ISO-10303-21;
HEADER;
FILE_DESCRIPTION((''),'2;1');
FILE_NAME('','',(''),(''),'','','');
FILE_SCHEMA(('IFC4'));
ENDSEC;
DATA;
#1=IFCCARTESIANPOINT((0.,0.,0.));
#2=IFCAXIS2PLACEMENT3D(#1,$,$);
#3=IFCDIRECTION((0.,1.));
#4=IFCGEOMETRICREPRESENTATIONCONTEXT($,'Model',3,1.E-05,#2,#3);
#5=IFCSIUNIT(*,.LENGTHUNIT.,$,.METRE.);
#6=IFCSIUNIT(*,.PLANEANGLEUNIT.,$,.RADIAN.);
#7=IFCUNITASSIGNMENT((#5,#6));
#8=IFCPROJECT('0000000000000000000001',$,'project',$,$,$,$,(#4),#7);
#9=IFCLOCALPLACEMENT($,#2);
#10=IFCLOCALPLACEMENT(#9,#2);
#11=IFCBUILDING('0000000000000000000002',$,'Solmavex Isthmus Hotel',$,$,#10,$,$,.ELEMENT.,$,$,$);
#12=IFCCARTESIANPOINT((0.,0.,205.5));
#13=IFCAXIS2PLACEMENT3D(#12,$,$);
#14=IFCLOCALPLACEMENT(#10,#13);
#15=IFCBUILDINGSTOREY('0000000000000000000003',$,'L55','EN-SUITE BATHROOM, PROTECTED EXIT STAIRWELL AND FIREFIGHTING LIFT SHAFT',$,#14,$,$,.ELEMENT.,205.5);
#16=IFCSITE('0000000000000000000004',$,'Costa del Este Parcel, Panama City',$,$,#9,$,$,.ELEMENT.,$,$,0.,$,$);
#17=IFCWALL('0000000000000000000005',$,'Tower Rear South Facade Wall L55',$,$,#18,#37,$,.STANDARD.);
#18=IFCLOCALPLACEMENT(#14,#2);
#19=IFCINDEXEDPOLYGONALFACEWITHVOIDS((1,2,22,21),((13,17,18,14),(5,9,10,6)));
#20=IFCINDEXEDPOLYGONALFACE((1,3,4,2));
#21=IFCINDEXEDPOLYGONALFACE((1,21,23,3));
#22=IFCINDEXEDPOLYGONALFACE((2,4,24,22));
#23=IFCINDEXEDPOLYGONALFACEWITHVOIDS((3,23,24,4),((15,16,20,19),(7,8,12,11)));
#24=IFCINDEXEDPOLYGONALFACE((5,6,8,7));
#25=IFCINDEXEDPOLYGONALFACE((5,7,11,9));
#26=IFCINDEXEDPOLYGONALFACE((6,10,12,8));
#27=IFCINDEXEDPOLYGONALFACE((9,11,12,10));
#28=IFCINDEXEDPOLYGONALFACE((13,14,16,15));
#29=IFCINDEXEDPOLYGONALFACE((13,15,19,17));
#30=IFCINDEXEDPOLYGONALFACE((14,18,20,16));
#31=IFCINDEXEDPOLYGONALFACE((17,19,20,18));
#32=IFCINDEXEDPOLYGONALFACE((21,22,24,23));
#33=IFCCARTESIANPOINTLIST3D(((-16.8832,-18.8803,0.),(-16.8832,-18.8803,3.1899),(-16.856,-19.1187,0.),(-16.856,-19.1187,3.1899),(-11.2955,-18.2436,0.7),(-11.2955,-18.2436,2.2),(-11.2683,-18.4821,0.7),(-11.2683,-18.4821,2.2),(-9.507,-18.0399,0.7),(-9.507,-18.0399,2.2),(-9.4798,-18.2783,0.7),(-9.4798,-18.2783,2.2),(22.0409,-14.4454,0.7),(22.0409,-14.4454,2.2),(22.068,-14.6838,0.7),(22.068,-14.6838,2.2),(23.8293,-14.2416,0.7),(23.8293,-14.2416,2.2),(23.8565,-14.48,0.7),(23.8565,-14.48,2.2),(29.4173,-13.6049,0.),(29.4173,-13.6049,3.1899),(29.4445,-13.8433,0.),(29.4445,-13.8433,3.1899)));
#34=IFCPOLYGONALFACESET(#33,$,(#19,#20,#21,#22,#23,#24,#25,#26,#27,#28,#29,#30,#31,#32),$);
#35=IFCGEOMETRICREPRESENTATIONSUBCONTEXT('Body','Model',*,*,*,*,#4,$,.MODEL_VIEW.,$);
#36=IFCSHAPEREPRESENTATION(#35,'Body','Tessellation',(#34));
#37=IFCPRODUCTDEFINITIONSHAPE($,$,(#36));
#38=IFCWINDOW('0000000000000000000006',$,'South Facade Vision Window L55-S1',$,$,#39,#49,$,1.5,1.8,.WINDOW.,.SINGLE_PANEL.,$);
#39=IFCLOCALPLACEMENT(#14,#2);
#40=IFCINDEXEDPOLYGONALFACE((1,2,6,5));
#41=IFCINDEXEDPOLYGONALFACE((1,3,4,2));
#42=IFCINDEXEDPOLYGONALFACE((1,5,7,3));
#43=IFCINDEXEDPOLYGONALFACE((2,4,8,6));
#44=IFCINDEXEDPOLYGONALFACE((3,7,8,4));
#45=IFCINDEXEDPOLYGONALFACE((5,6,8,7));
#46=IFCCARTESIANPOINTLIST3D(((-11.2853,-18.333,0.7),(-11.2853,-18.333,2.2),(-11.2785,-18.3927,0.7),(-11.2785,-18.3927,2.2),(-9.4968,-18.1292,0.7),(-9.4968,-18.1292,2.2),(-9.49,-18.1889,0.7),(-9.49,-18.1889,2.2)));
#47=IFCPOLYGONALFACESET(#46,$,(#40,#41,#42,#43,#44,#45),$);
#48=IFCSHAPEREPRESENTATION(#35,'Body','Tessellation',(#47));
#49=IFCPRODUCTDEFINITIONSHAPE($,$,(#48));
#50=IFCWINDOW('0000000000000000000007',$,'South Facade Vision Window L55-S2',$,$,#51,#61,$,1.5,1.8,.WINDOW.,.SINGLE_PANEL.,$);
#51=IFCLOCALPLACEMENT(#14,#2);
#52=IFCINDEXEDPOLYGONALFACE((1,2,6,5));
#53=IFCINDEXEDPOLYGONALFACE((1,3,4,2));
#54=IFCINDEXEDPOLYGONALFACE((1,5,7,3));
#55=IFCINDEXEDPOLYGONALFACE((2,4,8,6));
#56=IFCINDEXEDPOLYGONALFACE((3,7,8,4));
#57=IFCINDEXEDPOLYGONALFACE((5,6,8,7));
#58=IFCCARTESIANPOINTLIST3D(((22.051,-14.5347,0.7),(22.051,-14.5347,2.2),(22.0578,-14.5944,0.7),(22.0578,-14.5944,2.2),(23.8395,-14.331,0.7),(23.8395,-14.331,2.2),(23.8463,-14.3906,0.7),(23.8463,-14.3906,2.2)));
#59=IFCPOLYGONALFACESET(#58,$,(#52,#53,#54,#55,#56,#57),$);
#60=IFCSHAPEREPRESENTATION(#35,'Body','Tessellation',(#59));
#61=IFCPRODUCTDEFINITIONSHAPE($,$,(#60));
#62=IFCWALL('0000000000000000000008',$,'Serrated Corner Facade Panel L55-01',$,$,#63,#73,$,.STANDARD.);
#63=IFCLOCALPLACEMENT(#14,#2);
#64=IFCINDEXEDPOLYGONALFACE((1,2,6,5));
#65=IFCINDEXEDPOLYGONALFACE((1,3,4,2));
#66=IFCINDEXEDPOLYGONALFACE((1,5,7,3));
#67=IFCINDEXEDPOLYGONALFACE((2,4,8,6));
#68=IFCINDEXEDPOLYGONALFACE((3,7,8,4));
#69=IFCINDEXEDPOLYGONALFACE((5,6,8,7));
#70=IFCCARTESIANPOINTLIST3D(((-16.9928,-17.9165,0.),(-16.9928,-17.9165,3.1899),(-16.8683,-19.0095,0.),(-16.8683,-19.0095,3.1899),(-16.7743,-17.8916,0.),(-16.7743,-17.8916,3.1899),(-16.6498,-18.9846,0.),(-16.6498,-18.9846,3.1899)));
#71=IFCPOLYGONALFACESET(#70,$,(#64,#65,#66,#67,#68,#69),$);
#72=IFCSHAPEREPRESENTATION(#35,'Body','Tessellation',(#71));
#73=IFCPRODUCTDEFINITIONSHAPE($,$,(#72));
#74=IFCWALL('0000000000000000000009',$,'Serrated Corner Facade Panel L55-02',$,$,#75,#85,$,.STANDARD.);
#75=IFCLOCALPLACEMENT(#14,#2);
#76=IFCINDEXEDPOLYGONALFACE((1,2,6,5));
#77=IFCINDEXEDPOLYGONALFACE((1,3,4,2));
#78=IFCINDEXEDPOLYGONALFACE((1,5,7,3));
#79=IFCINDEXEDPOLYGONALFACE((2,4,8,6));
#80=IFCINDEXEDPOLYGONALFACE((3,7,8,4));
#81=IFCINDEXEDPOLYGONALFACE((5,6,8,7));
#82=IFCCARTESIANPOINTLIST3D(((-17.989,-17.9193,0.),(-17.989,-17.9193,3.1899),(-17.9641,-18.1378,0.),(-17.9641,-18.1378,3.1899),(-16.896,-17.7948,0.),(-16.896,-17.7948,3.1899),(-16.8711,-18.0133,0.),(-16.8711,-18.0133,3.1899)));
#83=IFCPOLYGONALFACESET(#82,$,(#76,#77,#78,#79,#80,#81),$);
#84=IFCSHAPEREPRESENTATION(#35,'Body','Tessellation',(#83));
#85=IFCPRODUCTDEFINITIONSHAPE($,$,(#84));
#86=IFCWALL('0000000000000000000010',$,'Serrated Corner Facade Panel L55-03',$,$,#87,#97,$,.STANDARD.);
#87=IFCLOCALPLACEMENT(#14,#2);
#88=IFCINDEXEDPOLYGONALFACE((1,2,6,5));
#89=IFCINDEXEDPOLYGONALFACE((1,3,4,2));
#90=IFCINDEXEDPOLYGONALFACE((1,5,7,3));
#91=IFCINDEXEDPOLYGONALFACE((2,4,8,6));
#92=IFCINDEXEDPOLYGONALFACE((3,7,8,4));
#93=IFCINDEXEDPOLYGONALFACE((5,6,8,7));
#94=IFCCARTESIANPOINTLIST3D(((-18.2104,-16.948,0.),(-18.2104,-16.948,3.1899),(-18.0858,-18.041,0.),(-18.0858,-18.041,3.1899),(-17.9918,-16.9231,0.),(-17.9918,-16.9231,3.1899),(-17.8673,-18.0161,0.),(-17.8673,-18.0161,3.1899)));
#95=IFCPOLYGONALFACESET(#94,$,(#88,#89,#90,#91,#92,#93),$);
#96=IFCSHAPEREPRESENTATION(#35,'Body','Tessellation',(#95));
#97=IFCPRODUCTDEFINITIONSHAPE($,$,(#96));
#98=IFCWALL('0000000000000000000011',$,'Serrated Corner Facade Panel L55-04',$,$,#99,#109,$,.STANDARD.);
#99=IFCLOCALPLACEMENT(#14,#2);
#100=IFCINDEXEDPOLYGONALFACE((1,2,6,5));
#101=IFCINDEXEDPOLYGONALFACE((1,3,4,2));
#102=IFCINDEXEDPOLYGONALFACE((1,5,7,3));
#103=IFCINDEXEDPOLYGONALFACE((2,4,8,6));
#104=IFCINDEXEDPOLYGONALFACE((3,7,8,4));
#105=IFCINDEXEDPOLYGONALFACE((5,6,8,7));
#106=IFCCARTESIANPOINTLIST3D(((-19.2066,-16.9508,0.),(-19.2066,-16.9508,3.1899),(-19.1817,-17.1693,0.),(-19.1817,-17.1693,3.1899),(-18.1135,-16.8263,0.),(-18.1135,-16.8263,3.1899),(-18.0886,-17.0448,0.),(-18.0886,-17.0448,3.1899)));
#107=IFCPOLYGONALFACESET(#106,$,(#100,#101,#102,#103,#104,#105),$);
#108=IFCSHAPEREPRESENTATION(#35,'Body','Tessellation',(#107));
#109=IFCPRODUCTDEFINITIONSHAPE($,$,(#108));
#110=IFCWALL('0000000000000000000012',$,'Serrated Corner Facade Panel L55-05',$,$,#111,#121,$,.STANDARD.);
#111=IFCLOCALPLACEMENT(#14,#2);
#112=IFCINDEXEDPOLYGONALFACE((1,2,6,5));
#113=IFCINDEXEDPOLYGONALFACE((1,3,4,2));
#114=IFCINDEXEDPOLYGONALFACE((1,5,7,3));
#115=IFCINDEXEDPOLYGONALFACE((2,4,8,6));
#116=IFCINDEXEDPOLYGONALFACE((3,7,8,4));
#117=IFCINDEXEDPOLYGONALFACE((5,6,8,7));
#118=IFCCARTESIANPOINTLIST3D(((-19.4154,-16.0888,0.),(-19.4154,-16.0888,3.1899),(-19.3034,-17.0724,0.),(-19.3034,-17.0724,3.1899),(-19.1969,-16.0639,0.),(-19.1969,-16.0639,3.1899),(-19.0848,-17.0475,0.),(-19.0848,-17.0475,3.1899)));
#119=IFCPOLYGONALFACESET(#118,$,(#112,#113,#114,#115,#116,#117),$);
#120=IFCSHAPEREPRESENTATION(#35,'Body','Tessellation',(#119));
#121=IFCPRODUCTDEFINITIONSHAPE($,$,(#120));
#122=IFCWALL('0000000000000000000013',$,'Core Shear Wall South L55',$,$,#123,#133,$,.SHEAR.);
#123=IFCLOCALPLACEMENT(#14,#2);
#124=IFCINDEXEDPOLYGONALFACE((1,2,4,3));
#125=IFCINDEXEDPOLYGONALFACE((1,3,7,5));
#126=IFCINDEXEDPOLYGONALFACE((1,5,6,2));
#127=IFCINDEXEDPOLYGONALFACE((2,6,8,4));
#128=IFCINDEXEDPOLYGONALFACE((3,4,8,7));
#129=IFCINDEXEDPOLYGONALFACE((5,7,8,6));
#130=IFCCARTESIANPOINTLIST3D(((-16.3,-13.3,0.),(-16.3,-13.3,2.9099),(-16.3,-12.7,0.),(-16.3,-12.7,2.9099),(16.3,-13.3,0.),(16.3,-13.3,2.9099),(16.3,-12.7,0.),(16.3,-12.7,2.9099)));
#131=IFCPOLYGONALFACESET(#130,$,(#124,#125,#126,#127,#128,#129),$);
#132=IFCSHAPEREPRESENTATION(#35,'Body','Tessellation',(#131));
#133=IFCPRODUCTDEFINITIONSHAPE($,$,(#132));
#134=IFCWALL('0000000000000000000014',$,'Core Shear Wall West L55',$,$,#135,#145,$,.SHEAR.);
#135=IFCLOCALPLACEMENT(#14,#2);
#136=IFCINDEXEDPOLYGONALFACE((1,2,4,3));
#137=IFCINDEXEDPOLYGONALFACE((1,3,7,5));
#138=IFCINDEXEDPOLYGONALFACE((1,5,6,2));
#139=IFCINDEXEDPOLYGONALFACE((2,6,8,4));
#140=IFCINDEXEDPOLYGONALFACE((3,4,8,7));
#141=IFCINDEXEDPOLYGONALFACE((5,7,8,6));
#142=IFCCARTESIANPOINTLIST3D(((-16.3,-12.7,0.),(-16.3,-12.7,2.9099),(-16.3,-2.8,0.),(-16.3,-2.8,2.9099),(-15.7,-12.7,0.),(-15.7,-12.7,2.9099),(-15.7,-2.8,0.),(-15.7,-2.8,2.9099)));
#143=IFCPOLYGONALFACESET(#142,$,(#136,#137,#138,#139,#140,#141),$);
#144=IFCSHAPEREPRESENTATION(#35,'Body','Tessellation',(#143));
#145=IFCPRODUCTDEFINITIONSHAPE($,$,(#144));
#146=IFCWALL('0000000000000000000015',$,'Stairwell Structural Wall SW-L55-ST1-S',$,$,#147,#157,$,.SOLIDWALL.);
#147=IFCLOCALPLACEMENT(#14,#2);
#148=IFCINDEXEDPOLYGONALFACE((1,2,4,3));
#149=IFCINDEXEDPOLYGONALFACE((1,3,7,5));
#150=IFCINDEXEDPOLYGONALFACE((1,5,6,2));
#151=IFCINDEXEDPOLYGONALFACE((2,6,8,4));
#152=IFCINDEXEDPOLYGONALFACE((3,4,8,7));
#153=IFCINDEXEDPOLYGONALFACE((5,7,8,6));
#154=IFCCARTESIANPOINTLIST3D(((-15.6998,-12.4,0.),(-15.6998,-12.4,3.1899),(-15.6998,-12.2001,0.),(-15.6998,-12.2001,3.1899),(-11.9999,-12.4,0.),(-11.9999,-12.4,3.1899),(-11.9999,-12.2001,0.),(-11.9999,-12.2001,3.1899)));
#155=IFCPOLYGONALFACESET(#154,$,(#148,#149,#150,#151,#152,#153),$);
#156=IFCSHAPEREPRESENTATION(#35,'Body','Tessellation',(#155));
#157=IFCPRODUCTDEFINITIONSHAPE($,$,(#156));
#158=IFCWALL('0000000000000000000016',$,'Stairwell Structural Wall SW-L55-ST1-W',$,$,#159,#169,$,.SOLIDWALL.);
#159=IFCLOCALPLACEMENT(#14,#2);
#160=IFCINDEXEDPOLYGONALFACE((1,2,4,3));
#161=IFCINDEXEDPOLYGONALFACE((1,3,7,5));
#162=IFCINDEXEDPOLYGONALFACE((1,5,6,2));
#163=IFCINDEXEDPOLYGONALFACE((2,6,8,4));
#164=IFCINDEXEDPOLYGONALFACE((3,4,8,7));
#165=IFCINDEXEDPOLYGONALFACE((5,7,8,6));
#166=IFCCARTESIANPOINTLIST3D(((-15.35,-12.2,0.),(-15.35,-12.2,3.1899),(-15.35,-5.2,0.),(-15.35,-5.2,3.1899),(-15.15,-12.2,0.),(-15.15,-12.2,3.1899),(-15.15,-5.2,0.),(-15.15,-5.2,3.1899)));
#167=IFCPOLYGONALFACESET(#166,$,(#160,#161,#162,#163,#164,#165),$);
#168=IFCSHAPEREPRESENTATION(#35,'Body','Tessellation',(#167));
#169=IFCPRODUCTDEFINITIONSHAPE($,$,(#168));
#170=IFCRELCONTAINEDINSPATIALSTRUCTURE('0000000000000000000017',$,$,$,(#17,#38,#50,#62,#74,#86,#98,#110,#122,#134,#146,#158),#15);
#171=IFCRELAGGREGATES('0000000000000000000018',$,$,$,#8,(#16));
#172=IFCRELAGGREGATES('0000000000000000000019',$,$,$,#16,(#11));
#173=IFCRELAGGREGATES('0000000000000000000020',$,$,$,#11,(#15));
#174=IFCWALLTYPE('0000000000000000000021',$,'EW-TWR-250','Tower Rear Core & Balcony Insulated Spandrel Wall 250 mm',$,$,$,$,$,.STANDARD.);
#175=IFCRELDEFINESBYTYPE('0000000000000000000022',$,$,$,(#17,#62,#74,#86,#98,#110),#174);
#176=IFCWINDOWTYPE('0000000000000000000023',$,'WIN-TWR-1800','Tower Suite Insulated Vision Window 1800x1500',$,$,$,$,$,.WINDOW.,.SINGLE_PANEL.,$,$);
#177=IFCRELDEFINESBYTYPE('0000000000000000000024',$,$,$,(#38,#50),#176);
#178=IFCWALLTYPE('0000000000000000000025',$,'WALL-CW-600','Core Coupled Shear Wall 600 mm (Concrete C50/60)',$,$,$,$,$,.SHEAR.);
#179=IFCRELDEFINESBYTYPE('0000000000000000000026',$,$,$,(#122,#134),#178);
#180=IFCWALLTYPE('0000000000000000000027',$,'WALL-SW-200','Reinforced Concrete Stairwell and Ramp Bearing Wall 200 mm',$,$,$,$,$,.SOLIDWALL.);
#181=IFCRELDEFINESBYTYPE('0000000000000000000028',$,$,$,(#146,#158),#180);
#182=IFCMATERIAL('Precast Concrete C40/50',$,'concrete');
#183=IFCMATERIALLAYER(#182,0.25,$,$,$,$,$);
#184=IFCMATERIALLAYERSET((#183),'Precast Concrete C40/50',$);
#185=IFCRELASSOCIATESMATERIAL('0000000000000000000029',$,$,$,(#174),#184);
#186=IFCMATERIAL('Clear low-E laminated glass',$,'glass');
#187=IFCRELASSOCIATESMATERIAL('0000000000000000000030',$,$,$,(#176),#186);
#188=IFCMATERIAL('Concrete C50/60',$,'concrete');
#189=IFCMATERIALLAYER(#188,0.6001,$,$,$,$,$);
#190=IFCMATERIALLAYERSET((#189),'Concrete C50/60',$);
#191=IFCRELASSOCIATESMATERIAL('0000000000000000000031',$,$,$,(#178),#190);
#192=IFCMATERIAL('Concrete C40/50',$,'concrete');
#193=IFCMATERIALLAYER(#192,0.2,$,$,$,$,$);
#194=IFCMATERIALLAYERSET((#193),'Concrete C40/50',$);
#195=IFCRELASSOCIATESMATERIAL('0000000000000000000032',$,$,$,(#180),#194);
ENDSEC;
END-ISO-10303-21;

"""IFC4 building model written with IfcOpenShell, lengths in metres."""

from ifc_helpers import new_model, si_unit, direction, frame, frame_2d, origin, place, context, subcontext, project, spatial, rectangle, extrude, material, layer, layer_set, type_object, element, fill, save


model = new_model("IFC4")

# Units and contexts
model_context = context("Model", 3, precision=1e-05, world=origin(), true_north=direction((0.0, 1.0)))
body_context = subcontext(model_context, "Body", "Model", "MODEL_VIEW")
ifc_project = project(units=[si_unit("LENGTHUNIT", "METRE"), si_unit("PLANEANGLEUNIT", "RADIAN")], contexts=[model_context])

# Site, building, storey
site_placement = place(None, origin())
site = spatial("IfcSite", under=ifc_project, at=site_placement, Name="Costa del Este Parcel, Panama City", CompositionType="ELEMENT", RefElevation=0.0)
building_placement = place(site_placement, origin())
building = spatial("IfcBuilding", under=site, at=building_placement, Name="Solmavex Isthmus Hotel", CompositionType="ELEMENT")
storey_placement = place(building_placement, frame((0.0, 0.0, 205.5)))
storey = spatial("IfcBuildingStorey", under=building, at=storey_placement, Name="L55", Description="EN-SUITE BATHROOM, PROTECTED EXIT STAIRWELL AND FIREFIGHTING LIFT SHAFT", CompositionType="ELEMENT", Elevation=205.5)

# Shared definitions
ifc_material_1 = material(Name="Concrete C50/60", Category="concrete")

# Shared definitions
ifc_material_2 = material(Name="Clear low-E laminated glass", Category="glass")

# Wall, openings, windows
ifc_material_3 = material(Name="Precast Concrete C40/50", Category="concrete")
ifc_layer_1 = layer(ifc_material_3, 0.25)
ifc_layer_set_1 = layer_set([ifc_layer_1], Name="Precast Concrete C40/50")
wall_type_1 = type_object("IfcWallType", Name="EW-TWR-250", Description="Tower Rear Core & Balcony Insulated Spandrel Wall 250 mm", PredefinedType="STANDARD", material=ifc_layer_set_1)
wall_1_placement = place(storey_placement, frame((-16.8696, -18.9995, 0.0), z_axis=(0.0, 0.0, 1.0), x_axis=(0.993572, 0.113206, 0.0)))
wall_1 = element("IfcWall", 1, at=wall_1_placement, inside=storey, type_object=wall_type_1, Name="Tower Rear South Facade Wall L55", PredefinedType="STANDARD", context=body_context, shape_type="SweptSolid", body=[
    extrude(rectangle(XDim=46.6001, YDim=0.24, at=frame_2d((23.3, 0.0))), origin(), (0.0, 0.0, 1.0), 3.1899),
])
opening_1_placement = place(wall_1_placement, frame((5.624, 0.0, 0.7)))
opening_1 = element("IfcOpeningElement", 2, at=opening_1_placement, cuts=wall_1, PredefinedType="OPENING", context=body_context, shape_type="SweptSolid", body=[
    extrude(rectangle(XDim=1.8, YDim=1.5, at=frame_2d((0.8999, 0.75))), frame((0.0, 0.1299, 0.0), z_axis=(0.0, -1.0, 0.0), x_axis=(1.0, 0.0, 0.0)), (0.0, 0.0, 1.0), 0.26),
])
opening_2_placement = place(wall_1_placement, frame((39.176, 0.0, 0.7)))
opening_2 = element("IfcOpeningElement", 3, at=opening_2_placement, cuts=wall_1, PredefinedType="OPENING", context=body_context, shape_type="SweptSolid", body=[
    extrude(rectangle(XDim=1.8, YDim=1.5, at=frame_2d((0.8999, 0.75))), frame((0.0, 0.1299, 0.0), z_axis=(0.0, -1.0, 0.0), x_axis=(1.0, 0.0, 0.0)), (0.0, 0.0, 1.0), 0.26),
])
window_type = type_object("IfcWindowType", Name="WIN-TWR-1800", Description="Tower Suite Insulated Vision Window 1800x1500", PartitioningType="SINGLE_PANEL", PredefinedType="WINDOW", material=ifc_material_2)
window_1_placement = place(opening_1_placement, origin())
window_1 = element("IfcWindow", 4, at=window_1_placement, inside=storey, type_object=window_type, Name="South Facade Vision Window L55-S1", OverallHeight=1.5, OverallWidth=1.8, PartitioningType="SINGLE_PANEL", PredefinedType="WINDOW", context=body_context, shape_type="SweptSolid", body=[
    extrude(rectangle(XDim=1.8, YDim=1.5, at=frame_2d((0.8999, 0.75))), frame((0.0, 0.03, 0.0), z_axis=(0.0, -1.0, 0.0), x_axis=(1.0, 0.0, 0.0)), (0.0, 0.0, 1.0), 0.0601),
])
fill(opening_1, window_1)
window_2_placement = place(opening_2_placement, origin())
window_2 = element("IfcWindow", 5, at=window_2_placement, inside=storey, type_object=window_type, Name="South Facade Vision Window L55-S2", OverallHeight=1.5, OverallWidth=1.8, PartitioningType="SINGLE_PANEL", PredefinedType="WINDOW", context=body_context, shape_type="SweptSolid", body=[
    extrude(rectangle(XDim=1.8, YDim=1.5, at=frame_2d((0.8999, 0.75))), frame((0.0, 0.03, 0.0), z_axis=(0.0, -1.0, 0.0), x_axis=(1.0, 0.0, 0.0)), (0.0, 0.0, 1.0), 0.0601),
])
fill(opening_2, window_2)

# Walls
for number, where, z_axis, x_axis, name in (
    (6, (-16.759, -18.9971, 0.0), (0.0, 0.0, 1.0), (-0.113184, 0.993574, 0.0), "Serrated Corner Facade Panel L55-01"),
    (7, (-16.8835, -17.9041, 0.0), (0.0, 0.0, 1.0), (-0.993574, -0.113184, 0.0), "Serrated Corner Facade Panel L55-02"),
    (8, (-17.9766, -18.0286, 0.0), (0.0, 0.0, 1.0), (-0.113184, 0.993574, 0.0), "Serrated Corner Facade Panel L55-03"),
    (9, (-18.1011, -16.9355, 0.0), (0.0, 0.0, 1.0), (-0.993574, -0.113184, 0.0), "Serrated Corner Facade Panel L55-04"),
):
    element("IfcWall", number, at=place(storey_placement, frame(where, z_axis=z_axis, x_axis=x_axis)), inside=storey, type_object=wall_type_1, Name=name, PredefinedType="STANDARD", context=body_context, shape_type="SweptSolid", body=[
        extrude(rectangle(XDim=1.1001, YDim=0.22, at=frame_2d((0.55, 0.0))), origin(), (0.0, 0.0, 1.0), 3.1899),
    ])
wall_2_placement = place(storey_placement, frame((-19.1941, -17.0601, 0.0), z_axis=(0.0, 0.0, 1.0), x_axis=(-0.113192, 0.993573, 0.0)))
element("IfcWall", 10, at=wall_2_placement, inside=storey, type_object=wall_type_1, Name="Serrated Corner Facade Panel L55-05", PredefinedType="STANDARD", context=body_context, shape_type="SweptSolid", body=[
    extrude(rectangle(XDim=0.99, YDim=0.22, at=frame_2d((0.4951, 0.0))), origin(), (0.0, 0.0, 1.0), 3.1899),
])
ifc_layer_2 = layer(ifc_material_1, 0.6001)
ifc_layer_set_2 = layer_set([ifc_layer_2], Name="Concrete C50/60")
wall_type_2 = type_object("IfcWallType", Name="WALL-CW-600", Description="Core Coupled Shear Wall 600 mm (Concrete C50/60)", PredefinedType="SHEAR", material=ifc_layer_set_2)
wall_3_placement = place(storey_placement, frame((-16.3, -13.0, 0.0), z_axis=(0.0, 0.0, 1.0), x_axis=(1.0, 0.0, 0.0)))
element("IfcWall", 11, at=wall_3_placement, inside=storey, type_object=wall_type_2, Name="Core Shear Wall South L55", PredefinedType="SHEAR", context=body_context, shape_type="SweptSolid", body=[
    extrude(rectangle(XDim=32.6001, YDim=0.6001, at=frame_2d((16.3, 0.0))), origin(), (0.0, 0.0, 1.0), 2.9099),
])
wall_4_placement = place(storey_placement, frame((-16.0, -12.7, 0.0), z_axis=(0.0, 0.0, 1.0), x_axis=(0.0, 1.0, 0.0)))
element("IfcWall", 12, at=wall_4_placement, inside=storey, type_object=wall_type_2, Name="Core Shear Wall West L55", PredefinedType="SHEAR", context=body_context, shape_type="SweptSolid", body=[
    extrude(rectangle(XDim=9.8999, YDim=0.6001, at=frame_2d((4.95, 0.0))), origin(), (0.0, 0.0, 1.0), 2.9099),
])
ifc_material_4 = material(Name="Concrete C40/50", Category="concrete")
ifc_layer_3 = layer(ifc_material_4, 0.2)
ifc_layer_set_3 = layer_set([ifc_layer_3], Name="Concrete C40/50")
wall_type_3 = type_object("IfcWallType", Name="WALL-SW-200", Description="Reinforced Concrete Stairwell and Ramp Bearing Wall 200 mm", PredefinedType="SOLIDWALL", material=ifc_layer_set_3)
wall_5_placement = place(storey_placement, frame((-15.7, -12.3, 0.0), z_axis=(0.0, 0.0, 1.0), x_axis=(1.0, 0.0, 0.0)))
element("IfcWall", 13, at=wall_5_placement, inside=storey, type_object=wall_type_3, Name="Stairwell Structural Wall SW-L55-ST1-S", PredefinedType="SOLIDWALL", context=body_context, shape_type="SweptSolid", body=[
    extrude(rectangle(XDim=3.7, YDim=0.2, at=frame_2d((1.8501, 0.0))), origin(), (0.0, 0.0, 1.0), 3.1899),
])
wall_6_placement = place(storey_placement, frame((-15.25, -12.2, 0.0), z_axis=(0.0, 0.0, 1.0), x_axis=(0.0, 1.0, 0.0)))
element("IfcWall", 14, at=wall_6_placement, inside=storey, type_object=wall_type_3, Name="Stairwell Structural Wall SW-L55-ST1-W", PredefinedType="SOLIDWALL", context=body_context, shape_type="SweptSolid", body=[
    extrude(rectangle(XDim=7.0, YDim=0.2, at=frame_2d((3.5, 0.0))), origin(), (0.0, 0.0, 1.0), 3.1899),
])

save(model, "model.ifc")
